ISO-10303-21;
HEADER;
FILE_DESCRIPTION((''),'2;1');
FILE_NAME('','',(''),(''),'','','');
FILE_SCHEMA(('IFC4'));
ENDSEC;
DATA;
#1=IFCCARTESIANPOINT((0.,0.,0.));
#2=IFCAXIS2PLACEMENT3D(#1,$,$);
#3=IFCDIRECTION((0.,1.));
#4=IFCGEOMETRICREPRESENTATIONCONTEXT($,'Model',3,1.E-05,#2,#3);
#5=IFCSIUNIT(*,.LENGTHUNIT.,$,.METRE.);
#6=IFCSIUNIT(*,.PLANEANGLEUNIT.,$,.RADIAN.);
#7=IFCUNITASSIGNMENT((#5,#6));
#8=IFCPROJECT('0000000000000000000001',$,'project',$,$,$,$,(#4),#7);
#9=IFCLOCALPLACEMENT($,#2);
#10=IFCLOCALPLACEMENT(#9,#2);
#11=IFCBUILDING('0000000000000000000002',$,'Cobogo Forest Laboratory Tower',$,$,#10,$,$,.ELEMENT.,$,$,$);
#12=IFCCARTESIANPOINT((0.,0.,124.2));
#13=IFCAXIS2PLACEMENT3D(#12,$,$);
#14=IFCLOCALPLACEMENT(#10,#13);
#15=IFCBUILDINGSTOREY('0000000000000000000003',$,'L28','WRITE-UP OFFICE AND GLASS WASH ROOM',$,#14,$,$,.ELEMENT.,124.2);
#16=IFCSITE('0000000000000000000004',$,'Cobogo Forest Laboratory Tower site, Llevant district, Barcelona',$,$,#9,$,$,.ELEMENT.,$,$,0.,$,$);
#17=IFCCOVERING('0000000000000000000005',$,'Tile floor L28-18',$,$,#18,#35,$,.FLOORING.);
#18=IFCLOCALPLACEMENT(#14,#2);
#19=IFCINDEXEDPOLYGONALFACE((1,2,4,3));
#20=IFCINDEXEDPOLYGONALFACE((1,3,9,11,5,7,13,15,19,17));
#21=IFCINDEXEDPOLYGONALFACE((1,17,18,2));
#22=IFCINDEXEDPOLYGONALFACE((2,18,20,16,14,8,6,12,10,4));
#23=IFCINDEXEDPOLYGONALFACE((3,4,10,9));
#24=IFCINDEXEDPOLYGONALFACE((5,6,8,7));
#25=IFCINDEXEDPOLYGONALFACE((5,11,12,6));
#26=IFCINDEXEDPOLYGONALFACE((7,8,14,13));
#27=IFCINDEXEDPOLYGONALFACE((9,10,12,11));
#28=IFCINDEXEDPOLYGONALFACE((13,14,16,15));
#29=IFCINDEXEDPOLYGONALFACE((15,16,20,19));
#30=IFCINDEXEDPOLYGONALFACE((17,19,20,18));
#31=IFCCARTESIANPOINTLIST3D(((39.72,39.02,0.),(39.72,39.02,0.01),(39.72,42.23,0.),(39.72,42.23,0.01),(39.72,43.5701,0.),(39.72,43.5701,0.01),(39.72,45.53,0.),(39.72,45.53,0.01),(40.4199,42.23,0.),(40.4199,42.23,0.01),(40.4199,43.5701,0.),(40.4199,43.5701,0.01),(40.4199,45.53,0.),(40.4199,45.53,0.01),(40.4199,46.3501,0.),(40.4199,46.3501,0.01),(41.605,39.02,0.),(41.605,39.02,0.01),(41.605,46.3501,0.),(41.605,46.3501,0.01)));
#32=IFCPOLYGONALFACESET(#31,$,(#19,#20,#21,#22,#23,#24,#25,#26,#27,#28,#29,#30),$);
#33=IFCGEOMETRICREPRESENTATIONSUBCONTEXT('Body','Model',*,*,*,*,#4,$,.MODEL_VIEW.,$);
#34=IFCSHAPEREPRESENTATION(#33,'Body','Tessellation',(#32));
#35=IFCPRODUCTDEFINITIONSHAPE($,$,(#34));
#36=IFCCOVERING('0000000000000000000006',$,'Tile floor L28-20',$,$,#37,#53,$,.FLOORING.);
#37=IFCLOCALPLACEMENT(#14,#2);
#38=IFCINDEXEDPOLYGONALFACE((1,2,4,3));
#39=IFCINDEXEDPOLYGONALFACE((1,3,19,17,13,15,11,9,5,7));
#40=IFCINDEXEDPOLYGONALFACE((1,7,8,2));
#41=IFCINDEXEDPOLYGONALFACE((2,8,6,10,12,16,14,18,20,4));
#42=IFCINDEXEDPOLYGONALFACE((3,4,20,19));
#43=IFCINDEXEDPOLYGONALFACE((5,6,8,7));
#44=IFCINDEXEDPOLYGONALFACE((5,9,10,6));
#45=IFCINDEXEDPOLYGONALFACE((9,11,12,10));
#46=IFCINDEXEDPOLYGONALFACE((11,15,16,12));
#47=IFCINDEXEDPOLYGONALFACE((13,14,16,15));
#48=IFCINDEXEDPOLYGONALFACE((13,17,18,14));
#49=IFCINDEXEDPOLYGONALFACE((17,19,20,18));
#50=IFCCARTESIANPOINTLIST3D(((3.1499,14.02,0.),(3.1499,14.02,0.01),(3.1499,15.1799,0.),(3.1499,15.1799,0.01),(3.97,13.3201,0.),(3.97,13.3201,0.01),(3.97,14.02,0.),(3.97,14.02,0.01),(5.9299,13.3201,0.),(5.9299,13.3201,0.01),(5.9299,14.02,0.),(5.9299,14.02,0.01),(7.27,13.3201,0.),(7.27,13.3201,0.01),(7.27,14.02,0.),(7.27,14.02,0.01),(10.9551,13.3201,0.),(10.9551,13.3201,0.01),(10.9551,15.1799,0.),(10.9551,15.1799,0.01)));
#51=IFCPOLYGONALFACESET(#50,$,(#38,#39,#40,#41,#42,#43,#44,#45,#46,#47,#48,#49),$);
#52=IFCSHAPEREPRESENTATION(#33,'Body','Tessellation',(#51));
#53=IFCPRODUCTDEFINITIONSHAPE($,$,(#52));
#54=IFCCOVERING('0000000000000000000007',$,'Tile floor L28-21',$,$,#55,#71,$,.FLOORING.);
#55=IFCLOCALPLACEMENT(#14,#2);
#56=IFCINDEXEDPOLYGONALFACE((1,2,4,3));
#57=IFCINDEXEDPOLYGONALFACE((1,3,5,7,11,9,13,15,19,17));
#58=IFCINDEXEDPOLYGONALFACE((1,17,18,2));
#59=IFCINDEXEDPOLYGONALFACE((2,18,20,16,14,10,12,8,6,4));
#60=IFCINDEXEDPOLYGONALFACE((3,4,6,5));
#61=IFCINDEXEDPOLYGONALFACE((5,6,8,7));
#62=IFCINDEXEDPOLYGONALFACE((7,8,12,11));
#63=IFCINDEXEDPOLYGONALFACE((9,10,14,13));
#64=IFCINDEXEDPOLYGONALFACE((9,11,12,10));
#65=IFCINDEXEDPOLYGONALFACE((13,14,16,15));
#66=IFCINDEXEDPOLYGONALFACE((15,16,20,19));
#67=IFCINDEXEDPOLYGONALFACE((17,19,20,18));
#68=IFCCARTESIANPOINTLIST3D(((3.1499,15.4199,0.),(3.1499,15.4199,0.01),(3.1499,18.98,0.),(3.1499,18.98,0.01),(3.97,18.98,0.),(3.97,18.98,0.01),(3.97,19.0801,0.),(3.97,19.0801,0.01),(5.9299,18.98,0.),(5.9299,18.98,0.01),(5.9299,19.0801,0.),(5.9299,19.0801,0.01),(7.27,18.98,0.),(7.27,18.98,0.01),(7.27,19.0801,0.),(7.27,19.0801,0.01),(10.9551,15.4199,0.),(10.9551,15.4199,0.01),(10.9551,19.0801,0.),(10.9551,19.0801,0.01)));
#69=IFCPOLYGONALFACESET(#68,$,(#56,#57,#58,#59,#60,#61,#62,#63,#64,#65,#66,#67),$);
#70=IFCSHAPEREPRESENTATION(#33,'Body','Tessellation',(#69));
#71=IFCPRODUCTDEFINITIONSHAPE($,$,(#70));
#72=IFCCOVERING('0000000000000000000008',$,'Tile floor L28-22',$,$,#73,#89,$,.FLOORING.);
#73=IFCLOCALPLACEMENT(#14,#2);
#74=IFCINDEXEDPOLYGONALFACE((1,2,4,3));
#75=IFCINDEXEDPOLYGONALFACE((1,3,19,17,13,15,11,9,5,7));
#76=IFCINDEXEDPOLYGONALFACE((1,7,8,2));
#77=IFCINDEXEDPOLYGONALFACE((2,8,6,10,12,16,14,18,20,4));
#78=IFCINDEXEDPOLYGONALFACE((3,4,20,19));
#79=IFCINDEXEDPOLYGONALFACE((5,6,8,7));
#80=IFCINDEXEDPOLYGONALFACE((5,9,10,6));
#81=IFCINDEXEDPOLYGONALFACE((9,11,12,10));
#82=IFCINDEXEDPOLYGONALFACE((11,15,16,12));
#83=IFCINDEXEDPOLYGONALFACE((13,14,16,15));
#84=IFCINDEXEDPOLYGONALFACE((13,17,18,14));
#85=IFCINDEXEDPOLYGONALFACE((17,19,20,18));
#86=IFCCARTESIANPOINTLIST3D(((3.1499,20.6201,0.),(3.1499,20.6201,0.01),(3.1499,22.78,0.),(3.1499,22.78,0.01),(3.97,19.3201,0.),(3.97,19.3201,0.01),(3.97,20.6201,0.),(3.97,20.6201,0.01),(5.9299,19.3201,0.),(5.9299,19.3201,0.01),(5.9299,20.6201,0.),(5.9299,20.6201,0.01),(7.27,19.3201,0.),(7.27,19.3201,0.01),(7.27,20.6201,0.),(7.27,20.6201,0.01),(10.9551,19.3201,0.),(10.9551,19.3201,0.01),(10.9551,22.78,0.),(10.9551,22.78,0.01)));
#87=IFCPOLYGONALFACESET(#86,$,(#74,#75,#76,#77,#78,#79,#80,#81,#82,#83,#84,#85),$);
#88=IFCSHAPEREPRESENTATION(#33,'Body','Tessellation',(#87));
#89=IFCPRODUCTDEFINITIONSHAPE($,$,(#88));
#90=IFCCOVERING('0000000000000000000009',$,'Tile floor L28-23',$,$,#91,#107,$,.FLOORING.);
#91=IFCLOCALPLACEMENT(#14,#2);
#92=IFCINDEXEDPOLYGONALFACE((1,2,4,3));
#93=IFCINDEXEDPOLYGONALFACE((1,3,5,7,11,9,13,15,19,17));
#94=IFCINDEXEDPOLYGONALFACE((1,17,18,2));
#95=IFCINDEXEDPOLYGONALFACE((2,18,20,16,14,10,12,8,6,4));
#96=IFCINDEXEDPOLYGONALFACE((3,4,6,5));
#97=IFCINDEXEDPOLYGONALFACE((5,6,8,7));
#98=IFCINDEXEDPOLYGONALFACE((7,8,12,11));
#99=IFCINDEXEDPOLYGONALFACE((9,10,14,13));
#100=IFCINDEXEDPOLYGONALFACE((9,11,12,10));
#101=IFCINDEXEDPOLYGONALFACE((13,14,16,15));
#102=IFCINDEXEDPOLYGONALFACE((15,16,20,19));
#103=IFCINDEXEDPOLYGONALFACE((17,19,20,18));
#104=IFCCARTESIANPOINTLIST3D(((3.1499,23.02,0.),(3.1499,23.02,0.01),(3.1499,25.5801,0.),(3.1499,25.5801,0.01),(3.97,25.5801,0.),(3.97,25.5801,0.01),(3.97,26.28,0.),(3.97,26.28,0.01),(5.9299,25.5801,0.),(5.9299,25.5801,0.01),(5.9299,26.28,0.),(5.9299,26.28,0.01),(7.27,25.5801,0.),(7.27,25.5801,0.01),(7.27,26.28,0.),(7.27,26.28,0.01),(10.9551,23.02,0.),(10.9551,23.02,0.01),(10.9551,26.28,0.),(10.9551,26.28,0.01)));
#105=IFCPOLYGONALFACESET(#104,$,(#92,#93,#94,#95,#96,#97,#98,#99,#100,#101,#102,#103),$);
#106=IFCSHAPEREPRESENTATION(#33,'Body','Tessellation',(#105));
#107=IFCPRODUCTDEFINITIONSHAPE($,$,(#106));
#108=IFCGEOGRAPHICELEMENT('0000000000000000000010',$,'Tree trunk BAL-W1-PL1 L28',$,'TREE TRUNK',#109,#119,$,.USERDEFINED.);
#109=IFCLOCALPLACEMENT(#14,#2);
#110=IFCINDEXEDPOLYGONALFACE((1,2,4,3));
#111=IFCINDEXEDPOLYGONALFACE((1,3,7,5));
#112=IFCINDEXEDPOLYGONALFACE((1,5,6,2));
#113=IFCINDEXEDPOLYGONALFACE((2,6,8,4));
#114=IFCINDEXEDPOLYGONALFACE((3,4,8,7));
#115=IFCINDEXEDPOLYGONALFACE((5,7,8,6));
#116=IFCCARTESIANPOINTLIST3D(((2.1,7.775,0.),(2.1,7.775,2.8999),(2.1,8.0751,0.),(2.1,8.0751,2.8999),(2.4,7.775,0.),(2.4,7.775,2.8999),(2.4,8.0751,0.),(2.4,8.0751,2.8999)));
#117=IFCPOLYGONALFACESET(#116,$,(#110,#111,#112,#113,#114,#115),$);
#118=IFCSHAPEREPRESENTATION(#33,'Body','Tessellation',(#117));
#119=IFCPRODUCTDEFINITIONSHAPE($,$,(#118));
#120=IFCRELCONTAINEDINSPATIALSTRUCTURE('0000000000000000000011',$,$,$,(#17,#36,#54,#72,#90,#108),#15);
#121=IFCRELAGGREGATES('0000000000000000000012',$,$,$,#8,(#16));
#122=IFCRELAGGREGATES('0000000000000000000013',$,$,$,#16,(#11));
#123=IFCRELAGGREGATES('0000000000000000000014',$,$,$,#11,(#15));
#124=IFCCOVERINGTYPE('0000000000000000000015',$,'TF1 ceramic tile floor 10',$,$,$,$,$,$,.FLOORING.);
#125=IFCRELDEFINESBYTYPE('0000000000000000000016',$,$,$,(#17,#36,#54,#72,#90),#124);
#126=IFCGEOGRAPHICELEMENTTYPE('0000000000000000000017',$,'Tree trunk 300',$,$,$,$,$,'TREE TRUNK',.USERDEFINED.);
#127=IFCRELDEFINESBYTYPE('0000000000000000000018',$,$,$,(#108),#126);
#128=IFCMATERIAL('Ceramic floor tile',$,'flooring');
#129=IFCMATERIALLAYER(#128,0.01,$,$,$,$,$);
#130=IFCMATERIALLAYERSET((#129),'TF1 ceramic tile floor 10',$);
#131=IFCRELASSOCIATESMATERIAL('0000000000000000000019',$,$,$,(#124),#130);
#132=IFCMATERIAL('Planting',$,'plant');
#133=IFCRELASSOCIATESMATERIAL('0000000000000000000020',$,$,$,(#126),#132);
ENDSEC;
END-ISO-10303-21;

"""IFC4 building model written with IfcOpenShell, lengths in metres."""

from ifc_helpers import new_model, si_unit, direction, frame, origin, origin_2d, place, context, subcontext, project, spatial, polyline, rectangle, outline, extrude, material, layer, layer_set, type_object, element, save


model = new_model("IFC4")

# Units and contexts
model_context = context("Model", 3, precision=1e-05, world=origin(), true_north=direction((0.0, 1.0)))
body_context = subcontext(model_context, "Body", "Model", "MODEL_VIEW")
ifc_project = project(units=[si_unit("LENGTHUNIT", "METRE"), si_unit("PLANEANGLEUNIT", "RADIAN")], contexts=[model_context])

# Site, building, storey
site_placement = place(None, origin())
site = spatial("IfcSite", under=ifc_project, at=site_placement, Name="Cobogo Forest Laboratory Tower site, Llevant district, Barcelona", CompositionType="ELEMENT", RefElevation=0.0)
building_placement = place(site_placement, origin())
building = spatial("IfcBuilding", under=site, at=building_placement, Name="Cobogo Forest Laboratory Tower", CompositionType="ELEMENT")
storey_placement = place(building_placement, frame((0.0, 0.0, 124.2)))
storey = spatial("IfcBuildingStorey", under=building, at=storey_placement, Name="L28", Description="WRITE-UP OFFICE AND GLASS WASH ROOM", CompositionType="ELEMENT", Elevation=124.2)

# Coverings
ifc_material_1 = material(Name="Ceramic floor tile", Category="flooring")
ifc_layer_1 = layer(ifc_material_1, 0.01)
ifc_layer_set_1 = layer_set([ifc_layer_1], Name="TF1 ceramic tile floor 10")
covering_type_1 = type_object("IfcCoveringType", Name="TF1 ceramic tile floor 10", PredefinedType="FLOORING", material=ifc_layer_set_1)
covering_1_placement = place(storey_placement, origin())
element("IfcCovering", 1, at=covering_1_placement, inside=storey, type_object=covering_type_1, Name="Tile floor L28-18", PredefinedType="FLOORING", context=body_context, shape_type="SweptSolid", body=[
    extrude(outline(polyline([(39.72, 39.02), (39.72, 42.23), (40.4199, 42.23), (40.4199, 43.5701), (39.72, 43.5701), (39.72, 45.53), (40.4199, 45.53), (40.4199, 46.3501), (41.605, 46.3501), (41.605, 39.02), (39.72, 39.02)])), origin(), (0.0, 0.0, 1.0), 0.01),
])
covering_2_placement = place(storey_placement, origin())
element("IfcCovering", 2, at=covering_2_placement, inside=storey, type_object=covering_type_1, Name="Tile floor L28-20", PredefinedType="FLOORING", context=body_context, shape_type="SweptSolid", body=[
    extrude(outline(polyline([(10.9551, 13.3201), (7.27, 13.3201), (7.27, 14.02), (5.9299, 14.02), (5.9299, 13.3201), (3.97, 13.3201), (3.97, 14.02), (3.1499, 14.02), (3.1499, 15.1799), (10.9551, 15.1799), (10.9551, 13.3201)])), origin(), (0.0, 0.0, 1.0), 0.01),
])
covering_3_placement = place(storey_placement, origin())
element("IfcCovering", 3, at=covering_3_placement, inside=storey, type_object=covering_type_1, Name="Tile floor L28-21", PredefinedType="FLOORING", context=body_context, shape_type="SweptSolid", body=[
    extrude(outline(polyline([(3.97, 19.0801), (5.9299, 19.0801), (5.9299, 18.98), (7.27, 18.98), (7.27, 19.0801), (10.9551, 19.0801), (10.9551, 15.4199), (3.1499, 15.4199), (3.1499, 18.98), (3.97, 18.98), (3.97, 19.0801)])), origin(), (0.0, 0.0, 1.0), 0.01),
])
covering_4_placement = place(storey_placement, origin())
element("IfcCovering", 4, at=covering_4_placement, inside=storey, type_object=covering_type_1, Name="Tile floor L28-22", PredefinedType="FLOORING", context=body_context, shape_type="SweptSolid", body=[
    extrude(outline(polyline([(10.9551, 19.3201), (7.27, 19.3201), (7.27, 20.6201), (5.9299, 20.6201), (5.9299, 19.3201), (3.97, 19.3201), (3.97, 20.6201), (3.1499, 20.6201), (3.1499, 22.78), (10.9551, 22.78), (10.9551, 19.3201)])), origin(), (0.0, 0.0, 1.0), 0.01),
])
covering_5_placement = place(storey_placement, origin())
element("IfcCovering", 5, at=covering_5_placement, inside=storey, type_object=covering_type_1, Name="Tile floor L28-23", PredefinedType="FLOORING", context=body_context, shape_type="SweptSolid", body=[
    extrude(outline(polyline([(10.9551, 23.02), (3.1499, 23.02), (3.1499, 25.5801), (3.97, 25.5801), (3.97, 26.28), (5.9299, 26.28), (5.9299, 25.5801), (7.27, 25.5801), (7.27, 26.28), (10.9551, 26.28), (10.9551, 23.02)])), origin(), (0.0, 0.0, 1.0), 0.01),
])

# Geographic element
ifc_material_2 = material(Name="Planting", Category="plant")
geographic_element_type = type_object("IfcGeographicElementType", Name="Tree trunk 300", ElementType="TREE TRUNK", PredefinedType="USERDEFINED", material=ifc_material_2)
geographic_element_placement = place(storey_placement, frame((2.25, 7.925, 0.0), z_axis=(0.0, 0.0, 1.0), x_axis=(1.0, 0.0, 0.0)))
element("IfcGeographicElement", 6, at=geographic_element_placement, inside=storey, type_object=geographic_element_type, Name="Tree trunk BAL-W1-PL1 L28", ObjectType="TREE TRUNK", PredefinedType="USERDEFINED", context=body_context, shape_type="SweptSolid", body=[
    extrude(rectangle(XDim=0.3, YDim=0.3, at=origin_2d()), origin(), (0.0, 0.0, 1.0), 2.8999),
])

save(model, "model.ifc")
